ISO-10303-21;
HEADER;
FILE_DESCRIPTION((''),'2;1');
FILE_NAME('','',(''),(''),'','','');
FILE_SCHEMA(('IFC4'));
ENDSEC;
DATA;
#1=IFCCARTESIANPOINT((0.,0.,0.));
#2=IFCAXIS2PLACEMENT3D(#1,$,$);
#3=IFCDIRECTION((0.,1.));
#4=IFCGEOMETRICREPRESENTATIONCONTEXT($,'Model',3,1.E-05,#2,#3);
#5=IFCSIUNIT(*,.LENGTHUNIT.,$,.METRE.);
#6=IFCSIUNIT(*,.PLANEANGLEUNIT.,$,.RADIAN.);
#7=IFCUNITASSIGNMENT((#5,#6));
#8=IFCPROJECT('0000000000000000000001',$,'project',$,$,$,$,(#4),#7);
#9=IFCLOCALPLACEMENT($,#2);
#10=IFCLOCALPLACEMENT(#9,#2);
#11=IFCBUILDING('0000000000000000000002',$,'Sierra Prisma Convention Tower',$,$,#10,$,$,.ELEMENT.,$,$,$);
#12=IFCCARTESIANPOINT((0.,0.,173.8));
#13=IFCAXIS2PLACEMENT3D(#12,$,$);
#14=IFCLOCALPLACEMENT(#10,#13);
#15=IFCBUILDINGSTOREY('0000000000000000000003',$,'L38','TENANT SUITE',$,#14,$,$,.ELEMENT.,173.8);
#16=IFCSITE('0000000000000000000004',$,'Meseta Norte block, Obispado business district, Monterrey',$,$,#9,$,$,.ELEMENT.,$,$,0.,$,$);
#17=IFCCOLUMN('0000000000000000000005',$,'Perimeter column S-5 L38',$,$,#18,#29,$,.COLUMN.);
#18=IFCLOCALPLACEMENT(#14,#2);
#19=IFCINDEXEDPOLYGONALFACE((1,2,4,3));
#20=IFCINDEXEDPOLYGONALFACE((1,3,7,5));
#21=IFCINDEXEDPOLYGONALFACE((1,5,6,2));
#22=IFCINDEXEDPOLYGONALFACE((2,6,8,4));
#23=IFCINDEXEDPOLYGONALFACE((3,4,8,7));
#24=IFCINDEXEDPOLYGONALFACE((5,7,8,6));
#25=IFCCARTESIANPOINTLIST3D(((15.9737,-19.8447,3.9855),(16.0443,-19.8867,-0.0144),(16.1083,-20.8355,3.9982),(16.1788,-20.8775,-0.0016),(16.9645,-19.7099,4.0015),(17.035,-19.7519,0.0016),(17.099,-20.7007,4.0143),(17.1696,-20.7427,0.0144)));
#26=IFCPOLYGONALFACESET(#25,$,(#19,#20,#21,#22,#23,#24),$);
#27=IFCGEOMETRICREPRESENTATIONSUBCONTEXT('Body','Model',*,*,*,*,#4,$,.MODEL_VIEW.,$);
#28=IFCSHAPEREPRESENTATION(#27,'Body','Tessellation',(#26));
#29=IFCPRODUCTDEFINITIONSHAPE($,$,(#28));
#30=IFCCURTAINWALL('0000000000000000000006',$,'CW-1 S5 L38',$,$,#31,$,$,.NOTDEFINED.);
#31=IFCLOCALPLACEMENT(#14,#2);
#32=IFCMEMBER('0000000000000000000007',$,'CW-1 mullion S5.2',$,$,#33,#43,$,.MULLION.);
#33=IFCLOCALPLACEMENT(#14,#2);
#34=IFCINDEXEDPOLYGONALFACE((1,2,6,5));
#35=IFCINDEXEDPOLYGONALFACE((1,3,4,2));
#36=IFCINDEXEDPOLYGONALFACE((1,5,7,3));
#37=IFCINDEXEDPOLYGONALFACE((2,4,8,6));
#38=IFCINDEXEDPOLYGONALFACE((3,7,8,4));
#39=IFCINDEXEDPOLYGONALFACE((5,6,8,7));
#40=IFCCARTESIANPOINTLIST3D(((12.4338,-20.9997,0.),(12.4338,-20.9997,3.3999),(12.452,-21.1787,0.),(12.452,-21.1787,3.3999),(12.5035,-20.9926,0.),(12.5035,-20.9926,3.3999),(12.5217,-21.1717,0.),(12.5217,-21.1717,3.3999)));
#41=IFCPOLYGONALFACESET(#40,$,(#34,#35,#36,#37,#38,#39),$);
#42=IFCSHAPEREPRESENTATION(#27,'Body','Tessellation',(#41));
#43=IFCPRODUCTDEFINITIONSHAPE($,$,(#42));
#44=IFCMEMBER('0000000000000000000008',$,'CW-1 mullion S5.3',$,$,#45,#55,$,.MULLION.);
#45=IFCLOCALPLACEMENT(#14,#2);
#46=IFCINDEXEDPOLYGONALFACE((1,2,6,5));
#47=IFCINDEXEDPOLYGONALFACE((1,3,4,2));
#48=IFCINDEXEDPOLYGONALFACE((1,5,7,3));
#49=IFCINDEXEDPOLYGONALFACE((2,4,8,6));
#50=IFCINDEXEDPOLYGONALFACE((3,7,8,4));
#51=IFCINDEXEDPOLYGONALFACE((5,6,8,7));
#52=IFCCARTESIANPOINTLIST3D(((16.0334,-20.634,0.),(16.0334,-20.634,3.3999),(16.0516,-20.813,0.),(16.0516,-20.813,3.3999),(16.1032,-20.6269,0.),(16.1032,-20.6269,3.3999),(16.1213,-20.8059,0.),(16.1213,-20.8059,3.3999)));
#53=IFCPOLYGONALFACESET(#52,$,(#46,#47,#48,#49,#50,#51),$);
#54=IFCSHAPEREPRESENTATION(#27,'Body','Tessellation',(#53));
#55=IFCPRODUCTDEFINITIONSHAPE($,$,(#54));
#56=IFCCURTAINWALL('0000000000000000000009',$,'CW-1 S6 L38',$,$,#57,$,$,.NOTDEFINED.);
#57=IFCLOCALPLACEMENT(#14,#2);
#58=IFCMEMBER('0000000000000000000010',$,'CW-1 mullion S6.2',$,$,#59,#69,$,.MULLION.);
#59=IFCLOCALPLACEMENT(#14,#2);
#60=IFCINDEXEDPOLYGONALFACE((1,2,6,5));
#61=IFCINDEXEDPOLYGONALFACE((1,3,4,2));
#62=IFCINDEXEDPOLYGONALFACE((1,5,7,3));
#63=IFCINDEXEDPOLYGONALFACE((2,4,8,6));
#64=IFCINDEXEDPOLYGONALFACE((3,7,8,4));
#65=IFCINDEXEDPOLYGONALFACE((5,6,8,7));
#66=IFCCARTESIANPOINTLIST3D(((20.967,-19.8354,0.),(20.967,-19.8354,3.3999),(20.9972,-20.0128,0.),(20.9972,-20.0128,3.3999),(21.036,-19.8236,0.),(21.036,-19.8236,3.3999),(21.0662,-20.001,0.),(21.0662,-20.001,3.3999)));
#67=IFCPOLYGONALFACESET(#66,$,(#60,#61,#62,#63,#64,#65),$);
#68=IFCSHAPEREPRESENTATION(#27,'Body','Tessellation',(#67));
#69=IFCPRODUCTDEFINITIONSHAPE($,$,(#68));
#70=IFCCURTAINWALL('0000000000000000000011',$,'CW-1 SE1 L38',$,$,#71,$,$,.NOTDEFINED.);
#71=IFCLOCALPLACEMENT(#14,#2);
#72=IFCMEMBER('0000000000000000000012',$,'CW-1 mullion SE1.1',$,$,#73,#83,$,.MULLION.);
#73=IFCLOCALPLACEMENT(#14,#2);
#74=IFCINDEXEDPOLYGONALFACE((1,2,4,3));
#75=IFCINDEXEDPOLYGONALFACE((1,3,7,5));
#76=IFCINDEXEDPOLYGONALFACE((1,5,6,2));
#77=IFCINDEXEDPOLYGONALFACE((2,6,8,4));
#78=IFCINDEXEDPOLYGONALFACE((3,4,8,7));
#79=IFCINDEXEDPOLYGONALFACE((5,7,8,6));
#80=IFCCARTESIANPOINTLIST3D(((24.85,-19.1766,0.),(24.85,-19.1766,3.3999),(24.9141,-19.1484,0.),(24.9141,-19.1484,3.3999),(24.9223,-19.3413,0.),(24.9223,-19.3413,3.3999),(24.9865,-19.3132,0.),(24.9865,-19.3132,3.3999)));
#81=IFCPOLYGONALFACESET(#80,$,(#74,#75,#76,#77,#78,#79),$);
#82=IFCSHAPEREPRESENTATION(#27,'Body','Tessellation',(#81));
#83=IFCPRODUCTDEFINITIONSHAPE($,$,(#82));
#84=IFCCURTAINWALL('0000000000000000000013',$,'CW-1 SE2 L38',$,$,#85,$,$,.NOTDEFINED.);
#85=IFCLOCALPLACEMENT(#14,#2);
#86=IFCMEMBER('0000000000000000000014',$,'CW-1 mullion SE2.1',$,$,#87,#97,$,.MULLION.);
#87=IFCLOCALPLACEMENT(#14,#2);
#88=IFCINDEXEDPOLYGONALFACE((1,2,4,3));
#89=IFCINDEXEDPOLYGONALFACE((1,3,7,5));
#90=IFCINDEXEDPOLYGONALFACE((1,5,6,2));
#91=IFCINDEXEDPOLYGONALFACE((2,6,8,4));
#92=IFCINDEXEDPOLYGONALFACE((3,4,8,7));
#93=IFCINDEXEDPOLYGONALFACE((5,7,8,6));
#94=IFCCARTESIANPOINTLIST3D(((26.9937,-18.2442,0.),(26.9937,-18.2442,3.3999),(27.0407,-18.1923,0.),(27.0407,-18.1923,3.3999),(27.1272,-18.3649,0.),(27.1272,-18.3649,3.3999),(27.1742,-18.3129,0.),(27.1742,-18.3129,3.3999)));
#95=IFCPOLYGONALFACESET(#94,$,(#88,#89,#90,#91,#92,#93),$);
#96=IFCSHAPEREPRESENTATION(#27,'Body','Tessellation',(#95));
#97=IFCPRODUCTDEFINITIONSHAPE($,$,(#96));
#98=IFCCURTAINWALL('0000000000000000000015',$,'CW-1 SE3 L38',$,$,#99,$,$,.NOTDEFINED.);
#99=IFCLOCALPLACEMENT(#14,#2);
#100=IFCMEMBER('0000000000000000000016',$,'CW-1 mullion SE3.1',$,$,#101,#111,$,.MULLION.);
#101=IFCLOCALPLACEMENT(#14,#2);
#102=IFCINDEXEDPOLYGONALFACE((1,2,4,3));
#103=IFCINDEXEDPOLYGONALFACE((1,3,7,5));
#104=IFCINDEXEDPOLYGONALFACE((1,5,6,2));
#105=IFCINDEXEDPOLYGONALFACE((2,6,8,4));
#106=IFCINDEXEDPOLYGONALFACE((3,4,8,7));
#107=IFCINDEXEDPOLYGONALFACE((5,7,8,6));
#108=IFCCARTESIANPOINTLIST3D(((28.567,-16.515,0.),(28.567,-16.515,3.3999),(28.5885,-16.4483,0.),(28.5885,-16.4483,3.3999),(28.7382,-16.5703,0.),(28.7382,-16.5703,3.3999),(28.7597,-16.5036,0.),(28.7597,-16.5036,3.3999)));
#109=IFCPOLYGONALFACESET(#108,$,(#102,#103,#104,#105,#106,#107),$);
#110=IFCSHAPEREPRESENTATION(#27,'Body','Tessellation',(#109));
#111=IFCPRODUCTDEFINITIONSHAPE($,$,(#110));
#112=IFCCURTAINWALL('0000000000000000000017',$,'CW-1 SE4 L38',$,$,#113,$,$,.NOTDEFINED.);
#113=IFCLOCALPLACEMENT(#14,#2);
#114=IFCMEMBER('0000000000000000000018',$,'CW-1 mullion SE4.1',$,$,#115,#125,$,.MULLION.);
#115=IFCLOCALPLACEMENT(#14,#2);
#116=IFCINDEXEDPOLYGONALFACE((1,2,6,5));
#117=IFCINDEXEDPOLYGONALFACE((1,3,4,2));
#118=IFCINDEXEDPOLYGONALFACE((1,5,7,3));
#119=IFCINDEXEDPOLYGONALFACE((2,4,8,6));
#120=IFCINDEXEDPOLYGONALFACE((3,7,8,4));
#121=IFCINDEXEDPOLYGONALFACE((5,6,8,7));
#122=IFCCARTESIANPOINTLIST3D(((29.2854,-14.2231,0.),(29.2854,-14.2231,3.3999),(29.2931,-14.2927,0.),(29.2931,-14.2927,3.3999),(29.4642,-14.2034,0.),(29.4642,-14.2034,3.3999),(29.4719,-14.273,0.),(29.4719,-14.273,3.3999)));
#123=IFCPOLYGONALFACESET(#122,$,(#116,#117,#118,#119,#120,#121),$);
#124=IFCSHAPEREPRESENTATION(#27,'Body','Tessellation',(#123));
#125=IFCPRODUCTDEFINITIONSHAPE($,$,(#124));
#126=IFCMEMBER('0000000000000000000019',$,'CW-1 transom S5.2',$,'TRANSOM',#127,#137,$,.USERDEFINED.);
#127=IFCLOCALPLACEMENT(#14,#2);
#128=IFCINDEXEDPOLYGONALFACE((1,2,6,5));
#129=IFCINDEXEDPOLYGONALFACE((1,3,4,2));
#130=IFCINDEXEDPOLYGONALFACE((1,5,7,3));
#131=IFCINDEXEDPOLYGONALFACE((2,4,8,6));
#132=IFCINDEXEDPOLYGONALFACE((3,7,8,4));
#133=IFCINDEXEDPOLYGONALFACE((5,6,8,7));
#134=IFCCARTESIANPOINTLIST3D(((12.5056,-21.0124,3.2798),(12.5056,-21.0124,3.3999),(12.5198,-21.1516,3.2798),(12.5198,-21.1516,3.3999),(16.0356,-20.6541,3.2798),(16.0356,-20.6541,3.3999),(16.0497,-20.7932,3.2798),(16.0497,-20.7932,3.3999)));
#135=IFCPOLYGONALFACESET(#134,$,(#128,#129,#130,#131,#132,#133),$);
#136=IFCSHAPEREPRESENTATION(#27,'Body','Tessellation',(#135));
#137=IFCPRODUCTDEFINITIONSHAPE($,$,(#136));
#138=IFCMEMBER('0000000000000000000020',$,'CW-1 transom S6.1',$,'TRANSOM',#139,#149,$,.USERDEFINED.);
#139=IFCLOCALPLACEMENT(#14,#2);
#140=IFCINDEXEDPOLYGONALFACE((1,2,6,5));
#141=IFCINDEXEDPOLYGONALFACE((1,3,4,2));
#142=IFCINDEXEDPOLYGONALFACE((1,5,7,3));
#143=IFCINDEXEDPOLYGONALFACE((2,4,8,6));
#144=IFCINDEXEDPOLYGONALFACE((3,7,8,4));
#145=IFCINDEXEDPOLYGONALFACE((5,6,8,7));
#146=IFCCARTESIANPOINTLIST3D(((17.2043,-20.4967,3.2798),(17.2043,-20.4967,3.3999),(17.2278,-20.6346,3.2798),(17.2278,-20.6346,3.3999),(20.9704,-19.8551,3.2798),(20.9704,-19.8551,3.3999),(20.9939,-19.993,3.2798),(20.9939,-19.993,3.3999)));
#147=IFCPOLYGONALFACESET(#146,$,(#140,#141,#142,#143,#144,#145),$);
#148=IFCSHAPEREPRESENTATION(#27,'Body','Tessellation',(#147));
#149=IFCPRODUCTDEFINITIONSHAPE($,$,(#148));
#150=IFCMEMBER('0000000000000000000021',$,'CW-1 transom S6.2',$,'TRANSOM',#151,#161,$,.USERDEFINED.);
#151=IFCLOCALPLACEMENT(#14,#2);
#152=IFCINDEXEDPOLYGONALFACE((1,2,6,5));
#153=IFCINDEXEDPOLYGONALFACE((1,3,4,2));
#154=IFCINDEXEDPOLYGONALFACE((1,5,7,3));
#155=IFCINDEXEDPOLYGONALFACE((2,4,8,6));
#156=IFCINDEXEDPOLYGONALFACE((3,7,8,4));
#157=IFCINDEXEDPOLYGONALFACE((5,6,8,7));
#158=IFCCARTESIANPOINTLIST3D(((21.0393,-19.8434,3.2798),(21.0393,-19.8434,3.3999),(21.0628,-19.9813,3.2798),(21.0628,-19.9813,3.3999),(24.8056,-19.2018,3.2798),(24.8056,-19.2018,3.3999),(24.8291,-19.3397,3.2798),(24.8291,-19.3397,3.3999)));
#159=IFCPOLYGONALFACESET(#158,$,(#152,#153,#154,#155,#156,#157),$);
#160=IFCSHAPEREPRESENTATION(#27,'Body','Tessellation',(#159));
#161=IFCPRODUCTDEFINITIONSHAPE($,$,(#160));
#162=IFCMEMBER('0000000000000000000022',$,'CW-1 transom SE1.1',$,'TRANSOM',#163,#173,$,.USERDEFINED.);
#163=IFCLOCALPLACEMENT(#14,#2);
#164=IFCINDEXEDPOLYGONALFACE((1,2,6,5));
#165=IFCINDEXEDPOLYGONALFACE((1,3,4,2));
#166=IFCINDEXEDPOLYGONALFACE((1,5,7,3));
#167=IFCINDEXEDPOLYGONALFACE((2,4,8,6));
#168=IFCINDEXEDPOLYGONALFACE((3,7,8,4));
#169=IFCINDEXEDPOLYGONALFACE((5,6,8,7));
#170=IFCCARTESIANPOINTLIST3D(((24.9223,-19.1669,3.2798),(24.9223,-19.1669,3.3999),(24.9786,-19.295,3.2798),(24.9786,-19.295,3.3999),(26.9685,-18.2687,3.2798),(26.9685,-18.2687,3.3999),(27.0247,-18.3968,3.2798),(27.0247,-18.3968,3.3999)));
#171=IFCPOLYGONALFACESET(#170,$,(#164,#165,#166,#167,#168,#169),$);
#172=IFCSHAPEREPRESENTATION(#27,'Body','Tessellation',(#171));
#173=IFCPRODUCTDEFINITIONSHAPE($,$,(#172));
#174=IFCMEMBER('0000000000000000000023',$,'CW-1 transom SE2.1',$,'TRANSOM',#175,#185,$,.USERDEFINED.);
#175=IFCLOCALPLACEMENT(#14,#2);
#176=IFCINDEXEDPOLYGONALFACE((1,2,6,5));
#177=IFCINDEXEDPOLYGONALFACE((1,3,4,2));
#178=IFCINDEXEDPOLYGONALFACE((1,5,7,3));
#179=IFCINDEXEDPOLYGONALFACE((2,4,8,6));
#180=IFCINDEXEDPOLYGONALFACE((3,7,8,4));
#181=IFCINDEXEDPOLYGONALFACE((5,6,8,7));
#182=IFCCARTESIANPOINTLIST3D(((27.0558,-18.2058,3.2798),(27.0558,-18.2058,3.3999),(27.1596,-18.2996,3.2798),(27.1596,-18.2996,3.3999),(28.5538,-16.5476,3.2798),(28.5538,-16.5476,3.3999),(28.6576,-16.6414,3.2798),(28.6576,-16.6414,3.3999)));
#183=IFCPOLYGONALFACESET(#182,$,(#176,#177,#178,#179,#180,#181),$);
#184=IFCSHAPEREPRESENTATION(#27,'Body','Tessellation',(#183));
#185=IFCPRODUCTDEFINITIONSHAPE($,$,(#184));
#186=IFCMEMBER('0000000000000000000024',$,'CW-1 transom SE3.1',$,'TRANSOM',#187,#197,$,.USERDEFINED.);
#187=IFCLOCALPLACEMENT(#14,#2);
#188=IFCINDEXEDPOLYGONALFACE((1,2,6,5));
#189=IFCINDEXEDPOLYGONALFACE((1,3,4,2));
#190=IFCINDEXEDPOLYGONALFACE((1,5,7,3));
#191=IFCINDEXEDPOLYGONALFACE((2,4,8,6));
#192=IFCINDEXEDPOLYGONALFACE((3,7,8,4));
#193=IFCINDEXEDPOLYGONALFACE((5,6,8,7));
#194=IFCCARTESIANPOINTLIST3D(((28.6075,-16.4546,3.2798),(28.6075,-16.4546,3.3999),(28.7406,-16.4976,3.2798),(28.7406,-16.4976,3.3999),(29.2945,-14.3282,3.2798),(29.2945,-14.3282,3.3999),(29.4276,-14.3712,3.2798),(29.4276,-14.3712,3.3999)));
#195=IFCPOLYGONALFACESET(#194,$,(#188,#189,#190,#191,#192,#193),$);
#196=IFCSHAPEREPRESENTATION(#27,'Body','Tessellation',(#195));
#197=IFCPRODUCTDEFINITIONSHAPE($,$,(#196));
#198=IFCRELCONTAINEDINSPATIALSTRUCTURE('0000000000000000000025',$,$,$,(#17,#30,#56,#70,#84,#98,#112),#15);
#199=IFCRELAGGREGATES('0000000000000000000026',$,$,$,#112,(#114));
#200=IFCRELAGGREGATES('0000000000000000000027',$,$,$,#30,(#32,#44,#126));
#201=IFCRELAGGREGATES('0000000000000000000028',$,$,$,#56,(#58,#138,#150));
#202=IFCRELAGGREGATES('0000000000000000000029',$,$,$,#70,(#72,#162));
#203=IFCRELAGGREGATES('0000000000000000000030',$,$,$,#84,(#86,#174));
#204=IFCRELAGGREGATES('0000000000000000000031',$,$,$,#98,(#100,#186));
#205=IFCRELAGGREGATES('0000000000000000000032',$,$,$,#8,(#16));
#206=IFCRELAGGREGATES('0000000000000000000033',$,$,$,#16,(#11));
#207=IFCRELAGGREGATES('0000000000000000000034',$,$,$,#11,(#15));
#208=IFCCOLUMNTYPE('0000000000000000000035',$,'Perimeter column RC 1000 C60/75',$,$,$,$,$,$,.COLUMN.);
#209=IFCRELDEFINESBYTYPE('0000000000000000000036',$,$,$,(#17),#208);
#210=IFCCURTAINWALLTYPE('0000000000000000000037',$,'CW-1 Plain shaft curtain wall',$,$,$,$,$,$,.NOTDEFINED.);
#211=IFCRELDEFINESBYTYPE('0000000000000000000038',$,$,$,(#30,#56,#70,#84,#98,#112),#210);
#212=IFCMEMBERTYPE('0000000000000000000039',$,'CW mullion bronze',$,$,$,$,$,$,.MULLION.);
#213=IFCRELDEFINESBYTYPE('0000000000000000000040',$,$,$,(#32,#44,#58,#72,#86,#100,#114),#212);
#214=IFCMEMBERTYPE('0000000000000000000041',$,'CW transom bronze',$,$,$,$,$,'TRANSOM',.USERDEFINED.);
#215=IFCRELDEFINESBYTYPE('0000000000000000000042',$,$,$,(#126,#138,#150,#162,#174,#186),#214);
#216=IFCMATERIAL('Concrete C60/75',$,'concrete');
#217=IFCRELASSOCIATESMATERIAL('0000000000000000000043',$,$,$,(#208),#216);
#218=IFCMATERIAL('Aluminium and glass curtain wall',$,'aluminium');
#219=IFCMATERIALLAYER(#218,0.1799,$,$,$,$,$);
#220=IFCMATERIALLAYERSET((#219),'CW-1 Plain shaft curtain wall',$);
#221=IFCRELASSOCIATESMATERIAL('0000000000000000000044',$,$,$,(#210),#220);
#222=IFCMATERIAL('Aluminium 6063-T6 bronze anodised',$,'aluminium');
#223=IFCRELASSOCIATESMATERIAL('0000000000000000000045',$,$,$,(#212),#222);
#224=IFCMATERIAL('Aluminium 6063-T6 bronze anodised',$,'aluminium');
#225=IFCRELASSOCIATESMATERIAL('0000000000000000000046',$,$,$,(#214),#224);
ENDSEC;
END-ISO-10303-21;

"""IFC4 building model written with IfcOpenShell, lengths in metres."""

from ifc_helpers import new_model, si_unit, direction, frame, origin, origin_2d, place, context, subcontext, project, spatial, rectangle, extrude, material, layer, layer_set, material_profile, profile_set, type_object, element, aggregate, save


model = new_model("IFC4")

# Units and contexts
model_context = context("Model", 3, precision=1e-05, world=origin(), true_north=direction((0.0, 1.0)))
body_context = subcontext(model_context, "Body", "Model", "MODEL_VIEW")
ifc_project = project(units=[si_unit("LENGTHUNIT", "METRE"), si_unit("PLANEANGLEUNIT", "RADIAN")], contexts=[model_context])

# Site, building, storey
site_placement = place(None, origin())
site = spatial("IfcSite", under=ifc_project, at=site_placement, Name="Meseta Norte block, Obispado business district, Monterrey", CompositionType="ELEMENT", RefElevation=0.0)
building_placement = place(site_placement, origin())
building = spatial("IfcBuilding", under=site, at=building_placement, Name="Sierra Prisma Convention Tower", CompositionType="ELEMENT")
storey_placement = place(building_placement, frame((0.0, 0.0, 173.8)))
storey = spatial("IfcBuildingStorey", under=building, at=storey_placement, Name="L38", Description="TENANT SUITE", CompositionType="ELEMENT", Elevation=173.8)

# Column
ifc_material_1 = material(Name="Concrete C60/75", Category="concrete")
ifc_material_profile_1 = material_profile(ifc_material_1, rectangle(XDim=1.0, YDim=1.0, at=origin_2d()), Name="Perimeter column RC 1000 C60/75")
ifc_profile_set_1 = profile_set([ifc_material_profile_1], Name="Concrete C60/75")
column_type = type_object("IfcColumnType", Name="Perimeter column RC 1000 C60/75", PredefinedType="COLUMN", material=ifc_profile_set_1)
column_placement = place(storey_placement, frame((16.6069, -20.3147, 0.0), z_axis=(-0.017635, 0.010496, 0.999789), x_axis=(0.990749, 0.134752, 0.016061)))
element("IfcColumn", 1, at=column_placement, inside=storey, type_object=column_type, Name="Perimeter column S-5 L38", PredefinedType="COLUMN", context=body_context, shape_type="SweptSolid", body=[
    extrude(rectangle(XDim=1.0, YDim=1.0, at=origin_2d()), origin(), (0.0, 0.0, 1.0), 4.0007),
])

# Curtain wall, members
ifc_material_2 = material(Name="Aluminium and glass curtain wall", Category="aluminium")
ifc_layer_1 = layer(ifc_material_2, 0.1799)
ifc_layer_set_1 = layer_set([ifc_layer_1], Name="CW-1 Plain shaft curtain wall")
curtain_wall_type = type_object("IfcCurtainWallType", Name="CW-1 Plain shaft curtain wall", PredefinedType="NOTDEFINED", material=ifc_layer_set_1)
curtain_wall_1_placement = place(storey_placement, origin())
curtain_wall_1 = element("IfcCurtainWall", 2, at=curtain_wall_1_placement, inside=storey, type_object=curtain_wall_type, Name="CW-1 S5 L38", PredefinedType="NOTDEFINED")
ifc_material_3 = material(Name="Aluminium 6063-T6 bronze anodised", Category="aluminium")
ifc_material_profile_2 = material_profile(ifc_material_3, rectangle(XDim=0.1799, YDim=0.0701, at=origin_2d()), Name="ALU MULLION 70x180")
ifc_profile_set_2 = profile_set([ifc_material_profile_2], Name="Aluminium 6063-T6 bronze anodised")
member_type_1 = type_object("IfcMemberType", Name="CW mullion bronze", PredefinedType="MULLION", material=ifc_profile_set_2)
member_1_placement = place(storey_placement, frame((12.4778, -21.0857, 0.0), z_axis=(0.0, 0.0, 1.0), x_axis=(-0.101067, 0.99488, 0.0)))
member_1 = element("IfcMember", 3, at=member_1_placement, type_object=member_type_1, Name="CW-1 mullion S5.2", PredefinedType="MULLION", context=body_context, shape_type="SweptSolid", body=[
    extrude(rectangle(XDim=0.1799, YDim=0.0701, at=origin_2d()), origin(), (0.0, 0.0, 1.0), 3.3999),
])
member_2_placement = place(storey_placement, frame((16.0774, -20.72, 0.0), z_axis=(0.0, 0.0, 1.0), x_axis=(-0.101067, 0.99488, 0.0)))
member_2 = element("IfcMember", 4, at=member_2_placement, type_object=member_type_1, Name="CW-1 mullion S5.3", PredefinedType="MULLION", context=body_context, shape_type="SweptSolid", body=[
    extrude(rectangle(XDim=0.1799, YDim=0.0701, at=origin_2d()), origin(), (0.0, 0.0, 1.0), 3.3999),
])

# Curtain walls, members
curtain_wall_2_placement = place(storey_placement, origin())
curtain_wall_2 = element("IfcCurtainWall", 5, at=curtain_wall_2_placement, inside=storey, type_object=curtain_wall_type, Name="CW-1 S6 L38", PredefinedType="NOTDEFINED")
member_3_placement = place(storey_placement, frame((21.0166, -19.9182, 0.0), z_axis=(0.0, 0.0, 1.0), x_axis=(-0.167933, 0.985798, 0.0)))
member_3 = element("IfcMember", 6, at=member_3_placement, type_object=member_type_1, Name="CW-1 mullion S6.2", PredefinedType="MULLION", context=body_context, shape_type="SweptSolid", body=[
    extrude(rectangle(XDim=0.1799, YDim=0.0701, at=origin_2d()), origin(), (0.0, 0.0, 1.0), 3.3999),
])
curtain_wall_3_placement = place(storey_placement, origin())
curtain_wall_3 = element("IfcCurtainWall", 7, at=curtain_wall_3_placement, inside=storey, type_object=curtain_wall_type, Name="CW-1 SE1 L38", PredefinedType="NOTDEFINED")
member_4_placement = place(storey_placement, frame((24.9182, -19.2449, 0.0), z_axis=(0.0, 0.0, 1.0), x_axis=(-0.401962, 0.915656, 0.0)))
member_4 = element("IfcMember", 8, at=member_4_placement, type_object=member_type_1, Name="CW-1 mullion SE1.1", PredefinedType="MULLION", context=body_context, shape_type="SweptSolid", body=[
    extrude(rectangle(XDim=0.1799, YDim=0.0701, at=origin_2d()), origin(), (0.0, 0.0, 1.0), 3.3999),
])
curtain_wall_4_placement = place(storey_placement, origin())
curtain_wall_4 = element("IfcCurtainWall", 9, at=curtain_wall_4_placement, inside=storey, type_object=curtain_wall_type, Name="CW-1 SE2 L38", PredefinedType="NOTDEFINED")
member_5_placement = place(storey_placement, frame((27.084, -18.2786, 0.0), z_axis=(0.0, 0.0, 1.0), x_axis=(-0.741979, 0.670423, 0.0)))
member_5 = element("IfcMember", 10, at=member_5_placement, type_object=member_type_1, Name="CW-1 mullion SE2.1", PredefinedType="MULLION", context=body_context, shape_type="SweptSolid", body=[
    extrude(rectangle(XDim=0.1799, YDim=0.0701, at=origin_2d()), origin(), (0.0, 0.0, 1.0), 3.3999),
])
curtain_wall_5_placement = place(storey_placement, origin())
curtain_wall_5 = element("IfcCurtainWall", 11, at=curtain_wall_5_placement, inside=storey, type_object=curtain_wall_type, Name="CW-1 SE3 L38", PredefinedType="NOTDEFINED")
member_6_placement = place(storey_placement, frame((28.6633, -16.5093, 0.0), z_axis=(0.0, 0.0, 1.0), x_axis=(-0.951593, 0.307362, 0.0)))
member_6 = element("IfcMember", 12, at=member_6_placement, type_object=member_type_1, Name="CW-1 mullion SE3.1", PredefinedType="MULLION", context=body_context, shape_type="SweptSolid", body=[
    extrude(rectangle(XDim=0.1799, YDim=0.0701, at=origin_2d()), origin(), (0.0, 0.0, 1.0), 3.3999),
])
curtain_wall_6_placement = place(storey_placement, origin())
curtain_wall_6 = element("IfcCurtainWall", 13, at=curtain_wall_6_placement, inside=storey, type_object=curtain_wall_type, Name="CW-1 SE4 L38", PredefinedType="NOTDEFINED")
member_7_placement = place(storey_placement, frame((29.3787, -14.248, 0.0), z_axis=(0.0, 0.0, 1.0), x_axis=(-0.993963, -0.109719, 0.0)))
member_7 = element("IfcMember", 14, at=member_7_placement, type_object=member_type_1, Name="CW-1 mullion SE4.1", PredefinedType="MULLION", context=body_context, shape_type="SweptSolid", body=[
    extrude(rectangle(XDim=0.1799, YDim=0.0701, at=origin_2d()), origin(), (0.0, 0.0, 1.0), 3.3999),
])

# Members
ifc_material_4 = material(Name="Aluminium 6063-T6 bronze anodised", Category="aluminium")
ifc_material_profile_3 = material_profile(ifc_material_4, rectangle(XDim=0.1399, YDim=0.1201, at=origin_2d()), Name="ALU TRANSOM 120x140")
ifc_profile_set_3 = profile_set([ifc_material_profile_3], Name="Aluminium 6063-T6 bronze anodised")
member_type_2 = type_object("IfcMemberType", Name="CW transom bronze", ElementType="TRANSOM", PredefinedType="USERDEFINED", material=ifc_profile_set_3)
member_8_placement = place(storey_placement, frame((12.5127, -21.082, 3.3398), z_axis=(0.994885, 0.101009, 0.0), x_axis=(-0.101009, 0.994885, 0.0)))
member_8 = element("IfcMember", 15, at=member_8_placement, type_object=member_type_2, Name="CW-1 transom S5.2", ObjectType="TRANSOM", PredefinedType="USERDEFINED", context=body_context, shape_type="SweptSolid", body=[
    extrude(rectangle(XDim=0.1399, YDim=0.1201, at=origin_2d()), origin(), (0.0, 0.0, 1.0), 3.5481),
])
member_9_placement = place(storey_placement, frame((17.2161, -20.5657, 3.3398), z_axis=(0.985797, 0.167942, 0.0), x_axis=(-0.167942, 0.985797, 0.0)))
member_9 = element("IfcMember", 16, at=member_9_placement, type_object=member_type_2, Name="CW-1 transom S6.1", ObjectType="TRANSOM", PredefinedType="USERDEFINED", context=body_context, shape_type="SweptSolid", body=[
    extrude(rectangle(XDim=0.1399, YDim=0.1201, at=origin_2d()), origin(), (0.0, 0.0, 1.0), 3.8203),
])
member_10_placement = place(storey_placement, frame((21.051, -19.9124, 3.3398), z_axis=(0.985799, 0.167931, 0.0), x_axis=(-0.167931, 0.985799, 0.0)))
member_10 = element("IfcMember", 17, at=member_10_placement, type_object=member_type_2, Name="CW-1 transom S6.2", ObjectType="TRANSOM", PredefinedType="USERDEFINED", context=body_context, shape_type="SweptSolid", body=[
    extrude(rectangle(XDim=0.1399, YDim=0.1201, at=origin_2d()), origin(), (0.0, 0.0, 1.0), 3.8206),
])
member_11_placement = place(storey_placement, frame((24.9504, -19.231, 3.3398), z_axis=(0.915663, 0.401948, 0.0), x_axis=(-0.401948, 0.915663, 0.0)))
member_11 = element("IfcMember", 18, at=member_11_placement, type_object=member_type_2, Name="CW-1 transom SE1.1", ObjectType="TRANSOM", PredefinedType="USERDEFINED", context=body_context, shape_type="SweptSolid", body=[
    extrude(rectangle(XDim=0.1399, YDim=0.1201, at=origin_2d()), origin(), (0.0, 0.0, 1.0), 2.2346),
])
member_12_placement = place(storey_placement, frame((27.1077, -18.2527, 3.3398), z_axis=(0.670364, 0.742033, 0.0), x_axis=(-0.742033, 0.670364, 0.0)))
member_12 = element("IfcMember", 19, at=member_12_placement, type_object=member_type_2, Name="CW-1 transom SE2.1", ObjectType="TRANSOM", PredefinedType="USERDEFINED", context=body_context, shape_type="SweptSolid", body=[
    extrude(rectangle(XDim=0.1399, YDim=0.1201, at=origin_2d()), origin(), (0.0, 0.0, 1.0), 2.2346),
])
member_13_placement = place(storey_placement, frame((28.6741, -16.4761, 3.3398), z_axis=(0.30743, 0.951571, 0.0), x_axis=(-0.951571, 0.30743, 0.0)))
member_13 = element("IfcMember", 20, at=member_13_placement, type_object=member_type_2, Name="CW-1 transom SE3.1", ObjectType="TRANSOM", PredefinedType="USERDEFINED", context=body_context, shape_type="SweptSolid", body=[
    extrude(rectangle(XDim=0.1399, YDim=0.1201, at=origin_2d()), origin(), (0.0, 0.0, 1.0), 2.2346),
])
aggregate(curtain_wall_6, [member_7])

aggregate(curtain_wall_1, [member_1, member_2, member_8])
aggregate(curtain_wall_2, [member_3, member_9, member_10])
aggregate(curtain_wall_3, [member_4, member_11])
aggregate(curtain_wall_4, [member_5, member_12])
aggregate(curtain_wall_5, [member_6, member_13])

save(model, "model.ifc")
